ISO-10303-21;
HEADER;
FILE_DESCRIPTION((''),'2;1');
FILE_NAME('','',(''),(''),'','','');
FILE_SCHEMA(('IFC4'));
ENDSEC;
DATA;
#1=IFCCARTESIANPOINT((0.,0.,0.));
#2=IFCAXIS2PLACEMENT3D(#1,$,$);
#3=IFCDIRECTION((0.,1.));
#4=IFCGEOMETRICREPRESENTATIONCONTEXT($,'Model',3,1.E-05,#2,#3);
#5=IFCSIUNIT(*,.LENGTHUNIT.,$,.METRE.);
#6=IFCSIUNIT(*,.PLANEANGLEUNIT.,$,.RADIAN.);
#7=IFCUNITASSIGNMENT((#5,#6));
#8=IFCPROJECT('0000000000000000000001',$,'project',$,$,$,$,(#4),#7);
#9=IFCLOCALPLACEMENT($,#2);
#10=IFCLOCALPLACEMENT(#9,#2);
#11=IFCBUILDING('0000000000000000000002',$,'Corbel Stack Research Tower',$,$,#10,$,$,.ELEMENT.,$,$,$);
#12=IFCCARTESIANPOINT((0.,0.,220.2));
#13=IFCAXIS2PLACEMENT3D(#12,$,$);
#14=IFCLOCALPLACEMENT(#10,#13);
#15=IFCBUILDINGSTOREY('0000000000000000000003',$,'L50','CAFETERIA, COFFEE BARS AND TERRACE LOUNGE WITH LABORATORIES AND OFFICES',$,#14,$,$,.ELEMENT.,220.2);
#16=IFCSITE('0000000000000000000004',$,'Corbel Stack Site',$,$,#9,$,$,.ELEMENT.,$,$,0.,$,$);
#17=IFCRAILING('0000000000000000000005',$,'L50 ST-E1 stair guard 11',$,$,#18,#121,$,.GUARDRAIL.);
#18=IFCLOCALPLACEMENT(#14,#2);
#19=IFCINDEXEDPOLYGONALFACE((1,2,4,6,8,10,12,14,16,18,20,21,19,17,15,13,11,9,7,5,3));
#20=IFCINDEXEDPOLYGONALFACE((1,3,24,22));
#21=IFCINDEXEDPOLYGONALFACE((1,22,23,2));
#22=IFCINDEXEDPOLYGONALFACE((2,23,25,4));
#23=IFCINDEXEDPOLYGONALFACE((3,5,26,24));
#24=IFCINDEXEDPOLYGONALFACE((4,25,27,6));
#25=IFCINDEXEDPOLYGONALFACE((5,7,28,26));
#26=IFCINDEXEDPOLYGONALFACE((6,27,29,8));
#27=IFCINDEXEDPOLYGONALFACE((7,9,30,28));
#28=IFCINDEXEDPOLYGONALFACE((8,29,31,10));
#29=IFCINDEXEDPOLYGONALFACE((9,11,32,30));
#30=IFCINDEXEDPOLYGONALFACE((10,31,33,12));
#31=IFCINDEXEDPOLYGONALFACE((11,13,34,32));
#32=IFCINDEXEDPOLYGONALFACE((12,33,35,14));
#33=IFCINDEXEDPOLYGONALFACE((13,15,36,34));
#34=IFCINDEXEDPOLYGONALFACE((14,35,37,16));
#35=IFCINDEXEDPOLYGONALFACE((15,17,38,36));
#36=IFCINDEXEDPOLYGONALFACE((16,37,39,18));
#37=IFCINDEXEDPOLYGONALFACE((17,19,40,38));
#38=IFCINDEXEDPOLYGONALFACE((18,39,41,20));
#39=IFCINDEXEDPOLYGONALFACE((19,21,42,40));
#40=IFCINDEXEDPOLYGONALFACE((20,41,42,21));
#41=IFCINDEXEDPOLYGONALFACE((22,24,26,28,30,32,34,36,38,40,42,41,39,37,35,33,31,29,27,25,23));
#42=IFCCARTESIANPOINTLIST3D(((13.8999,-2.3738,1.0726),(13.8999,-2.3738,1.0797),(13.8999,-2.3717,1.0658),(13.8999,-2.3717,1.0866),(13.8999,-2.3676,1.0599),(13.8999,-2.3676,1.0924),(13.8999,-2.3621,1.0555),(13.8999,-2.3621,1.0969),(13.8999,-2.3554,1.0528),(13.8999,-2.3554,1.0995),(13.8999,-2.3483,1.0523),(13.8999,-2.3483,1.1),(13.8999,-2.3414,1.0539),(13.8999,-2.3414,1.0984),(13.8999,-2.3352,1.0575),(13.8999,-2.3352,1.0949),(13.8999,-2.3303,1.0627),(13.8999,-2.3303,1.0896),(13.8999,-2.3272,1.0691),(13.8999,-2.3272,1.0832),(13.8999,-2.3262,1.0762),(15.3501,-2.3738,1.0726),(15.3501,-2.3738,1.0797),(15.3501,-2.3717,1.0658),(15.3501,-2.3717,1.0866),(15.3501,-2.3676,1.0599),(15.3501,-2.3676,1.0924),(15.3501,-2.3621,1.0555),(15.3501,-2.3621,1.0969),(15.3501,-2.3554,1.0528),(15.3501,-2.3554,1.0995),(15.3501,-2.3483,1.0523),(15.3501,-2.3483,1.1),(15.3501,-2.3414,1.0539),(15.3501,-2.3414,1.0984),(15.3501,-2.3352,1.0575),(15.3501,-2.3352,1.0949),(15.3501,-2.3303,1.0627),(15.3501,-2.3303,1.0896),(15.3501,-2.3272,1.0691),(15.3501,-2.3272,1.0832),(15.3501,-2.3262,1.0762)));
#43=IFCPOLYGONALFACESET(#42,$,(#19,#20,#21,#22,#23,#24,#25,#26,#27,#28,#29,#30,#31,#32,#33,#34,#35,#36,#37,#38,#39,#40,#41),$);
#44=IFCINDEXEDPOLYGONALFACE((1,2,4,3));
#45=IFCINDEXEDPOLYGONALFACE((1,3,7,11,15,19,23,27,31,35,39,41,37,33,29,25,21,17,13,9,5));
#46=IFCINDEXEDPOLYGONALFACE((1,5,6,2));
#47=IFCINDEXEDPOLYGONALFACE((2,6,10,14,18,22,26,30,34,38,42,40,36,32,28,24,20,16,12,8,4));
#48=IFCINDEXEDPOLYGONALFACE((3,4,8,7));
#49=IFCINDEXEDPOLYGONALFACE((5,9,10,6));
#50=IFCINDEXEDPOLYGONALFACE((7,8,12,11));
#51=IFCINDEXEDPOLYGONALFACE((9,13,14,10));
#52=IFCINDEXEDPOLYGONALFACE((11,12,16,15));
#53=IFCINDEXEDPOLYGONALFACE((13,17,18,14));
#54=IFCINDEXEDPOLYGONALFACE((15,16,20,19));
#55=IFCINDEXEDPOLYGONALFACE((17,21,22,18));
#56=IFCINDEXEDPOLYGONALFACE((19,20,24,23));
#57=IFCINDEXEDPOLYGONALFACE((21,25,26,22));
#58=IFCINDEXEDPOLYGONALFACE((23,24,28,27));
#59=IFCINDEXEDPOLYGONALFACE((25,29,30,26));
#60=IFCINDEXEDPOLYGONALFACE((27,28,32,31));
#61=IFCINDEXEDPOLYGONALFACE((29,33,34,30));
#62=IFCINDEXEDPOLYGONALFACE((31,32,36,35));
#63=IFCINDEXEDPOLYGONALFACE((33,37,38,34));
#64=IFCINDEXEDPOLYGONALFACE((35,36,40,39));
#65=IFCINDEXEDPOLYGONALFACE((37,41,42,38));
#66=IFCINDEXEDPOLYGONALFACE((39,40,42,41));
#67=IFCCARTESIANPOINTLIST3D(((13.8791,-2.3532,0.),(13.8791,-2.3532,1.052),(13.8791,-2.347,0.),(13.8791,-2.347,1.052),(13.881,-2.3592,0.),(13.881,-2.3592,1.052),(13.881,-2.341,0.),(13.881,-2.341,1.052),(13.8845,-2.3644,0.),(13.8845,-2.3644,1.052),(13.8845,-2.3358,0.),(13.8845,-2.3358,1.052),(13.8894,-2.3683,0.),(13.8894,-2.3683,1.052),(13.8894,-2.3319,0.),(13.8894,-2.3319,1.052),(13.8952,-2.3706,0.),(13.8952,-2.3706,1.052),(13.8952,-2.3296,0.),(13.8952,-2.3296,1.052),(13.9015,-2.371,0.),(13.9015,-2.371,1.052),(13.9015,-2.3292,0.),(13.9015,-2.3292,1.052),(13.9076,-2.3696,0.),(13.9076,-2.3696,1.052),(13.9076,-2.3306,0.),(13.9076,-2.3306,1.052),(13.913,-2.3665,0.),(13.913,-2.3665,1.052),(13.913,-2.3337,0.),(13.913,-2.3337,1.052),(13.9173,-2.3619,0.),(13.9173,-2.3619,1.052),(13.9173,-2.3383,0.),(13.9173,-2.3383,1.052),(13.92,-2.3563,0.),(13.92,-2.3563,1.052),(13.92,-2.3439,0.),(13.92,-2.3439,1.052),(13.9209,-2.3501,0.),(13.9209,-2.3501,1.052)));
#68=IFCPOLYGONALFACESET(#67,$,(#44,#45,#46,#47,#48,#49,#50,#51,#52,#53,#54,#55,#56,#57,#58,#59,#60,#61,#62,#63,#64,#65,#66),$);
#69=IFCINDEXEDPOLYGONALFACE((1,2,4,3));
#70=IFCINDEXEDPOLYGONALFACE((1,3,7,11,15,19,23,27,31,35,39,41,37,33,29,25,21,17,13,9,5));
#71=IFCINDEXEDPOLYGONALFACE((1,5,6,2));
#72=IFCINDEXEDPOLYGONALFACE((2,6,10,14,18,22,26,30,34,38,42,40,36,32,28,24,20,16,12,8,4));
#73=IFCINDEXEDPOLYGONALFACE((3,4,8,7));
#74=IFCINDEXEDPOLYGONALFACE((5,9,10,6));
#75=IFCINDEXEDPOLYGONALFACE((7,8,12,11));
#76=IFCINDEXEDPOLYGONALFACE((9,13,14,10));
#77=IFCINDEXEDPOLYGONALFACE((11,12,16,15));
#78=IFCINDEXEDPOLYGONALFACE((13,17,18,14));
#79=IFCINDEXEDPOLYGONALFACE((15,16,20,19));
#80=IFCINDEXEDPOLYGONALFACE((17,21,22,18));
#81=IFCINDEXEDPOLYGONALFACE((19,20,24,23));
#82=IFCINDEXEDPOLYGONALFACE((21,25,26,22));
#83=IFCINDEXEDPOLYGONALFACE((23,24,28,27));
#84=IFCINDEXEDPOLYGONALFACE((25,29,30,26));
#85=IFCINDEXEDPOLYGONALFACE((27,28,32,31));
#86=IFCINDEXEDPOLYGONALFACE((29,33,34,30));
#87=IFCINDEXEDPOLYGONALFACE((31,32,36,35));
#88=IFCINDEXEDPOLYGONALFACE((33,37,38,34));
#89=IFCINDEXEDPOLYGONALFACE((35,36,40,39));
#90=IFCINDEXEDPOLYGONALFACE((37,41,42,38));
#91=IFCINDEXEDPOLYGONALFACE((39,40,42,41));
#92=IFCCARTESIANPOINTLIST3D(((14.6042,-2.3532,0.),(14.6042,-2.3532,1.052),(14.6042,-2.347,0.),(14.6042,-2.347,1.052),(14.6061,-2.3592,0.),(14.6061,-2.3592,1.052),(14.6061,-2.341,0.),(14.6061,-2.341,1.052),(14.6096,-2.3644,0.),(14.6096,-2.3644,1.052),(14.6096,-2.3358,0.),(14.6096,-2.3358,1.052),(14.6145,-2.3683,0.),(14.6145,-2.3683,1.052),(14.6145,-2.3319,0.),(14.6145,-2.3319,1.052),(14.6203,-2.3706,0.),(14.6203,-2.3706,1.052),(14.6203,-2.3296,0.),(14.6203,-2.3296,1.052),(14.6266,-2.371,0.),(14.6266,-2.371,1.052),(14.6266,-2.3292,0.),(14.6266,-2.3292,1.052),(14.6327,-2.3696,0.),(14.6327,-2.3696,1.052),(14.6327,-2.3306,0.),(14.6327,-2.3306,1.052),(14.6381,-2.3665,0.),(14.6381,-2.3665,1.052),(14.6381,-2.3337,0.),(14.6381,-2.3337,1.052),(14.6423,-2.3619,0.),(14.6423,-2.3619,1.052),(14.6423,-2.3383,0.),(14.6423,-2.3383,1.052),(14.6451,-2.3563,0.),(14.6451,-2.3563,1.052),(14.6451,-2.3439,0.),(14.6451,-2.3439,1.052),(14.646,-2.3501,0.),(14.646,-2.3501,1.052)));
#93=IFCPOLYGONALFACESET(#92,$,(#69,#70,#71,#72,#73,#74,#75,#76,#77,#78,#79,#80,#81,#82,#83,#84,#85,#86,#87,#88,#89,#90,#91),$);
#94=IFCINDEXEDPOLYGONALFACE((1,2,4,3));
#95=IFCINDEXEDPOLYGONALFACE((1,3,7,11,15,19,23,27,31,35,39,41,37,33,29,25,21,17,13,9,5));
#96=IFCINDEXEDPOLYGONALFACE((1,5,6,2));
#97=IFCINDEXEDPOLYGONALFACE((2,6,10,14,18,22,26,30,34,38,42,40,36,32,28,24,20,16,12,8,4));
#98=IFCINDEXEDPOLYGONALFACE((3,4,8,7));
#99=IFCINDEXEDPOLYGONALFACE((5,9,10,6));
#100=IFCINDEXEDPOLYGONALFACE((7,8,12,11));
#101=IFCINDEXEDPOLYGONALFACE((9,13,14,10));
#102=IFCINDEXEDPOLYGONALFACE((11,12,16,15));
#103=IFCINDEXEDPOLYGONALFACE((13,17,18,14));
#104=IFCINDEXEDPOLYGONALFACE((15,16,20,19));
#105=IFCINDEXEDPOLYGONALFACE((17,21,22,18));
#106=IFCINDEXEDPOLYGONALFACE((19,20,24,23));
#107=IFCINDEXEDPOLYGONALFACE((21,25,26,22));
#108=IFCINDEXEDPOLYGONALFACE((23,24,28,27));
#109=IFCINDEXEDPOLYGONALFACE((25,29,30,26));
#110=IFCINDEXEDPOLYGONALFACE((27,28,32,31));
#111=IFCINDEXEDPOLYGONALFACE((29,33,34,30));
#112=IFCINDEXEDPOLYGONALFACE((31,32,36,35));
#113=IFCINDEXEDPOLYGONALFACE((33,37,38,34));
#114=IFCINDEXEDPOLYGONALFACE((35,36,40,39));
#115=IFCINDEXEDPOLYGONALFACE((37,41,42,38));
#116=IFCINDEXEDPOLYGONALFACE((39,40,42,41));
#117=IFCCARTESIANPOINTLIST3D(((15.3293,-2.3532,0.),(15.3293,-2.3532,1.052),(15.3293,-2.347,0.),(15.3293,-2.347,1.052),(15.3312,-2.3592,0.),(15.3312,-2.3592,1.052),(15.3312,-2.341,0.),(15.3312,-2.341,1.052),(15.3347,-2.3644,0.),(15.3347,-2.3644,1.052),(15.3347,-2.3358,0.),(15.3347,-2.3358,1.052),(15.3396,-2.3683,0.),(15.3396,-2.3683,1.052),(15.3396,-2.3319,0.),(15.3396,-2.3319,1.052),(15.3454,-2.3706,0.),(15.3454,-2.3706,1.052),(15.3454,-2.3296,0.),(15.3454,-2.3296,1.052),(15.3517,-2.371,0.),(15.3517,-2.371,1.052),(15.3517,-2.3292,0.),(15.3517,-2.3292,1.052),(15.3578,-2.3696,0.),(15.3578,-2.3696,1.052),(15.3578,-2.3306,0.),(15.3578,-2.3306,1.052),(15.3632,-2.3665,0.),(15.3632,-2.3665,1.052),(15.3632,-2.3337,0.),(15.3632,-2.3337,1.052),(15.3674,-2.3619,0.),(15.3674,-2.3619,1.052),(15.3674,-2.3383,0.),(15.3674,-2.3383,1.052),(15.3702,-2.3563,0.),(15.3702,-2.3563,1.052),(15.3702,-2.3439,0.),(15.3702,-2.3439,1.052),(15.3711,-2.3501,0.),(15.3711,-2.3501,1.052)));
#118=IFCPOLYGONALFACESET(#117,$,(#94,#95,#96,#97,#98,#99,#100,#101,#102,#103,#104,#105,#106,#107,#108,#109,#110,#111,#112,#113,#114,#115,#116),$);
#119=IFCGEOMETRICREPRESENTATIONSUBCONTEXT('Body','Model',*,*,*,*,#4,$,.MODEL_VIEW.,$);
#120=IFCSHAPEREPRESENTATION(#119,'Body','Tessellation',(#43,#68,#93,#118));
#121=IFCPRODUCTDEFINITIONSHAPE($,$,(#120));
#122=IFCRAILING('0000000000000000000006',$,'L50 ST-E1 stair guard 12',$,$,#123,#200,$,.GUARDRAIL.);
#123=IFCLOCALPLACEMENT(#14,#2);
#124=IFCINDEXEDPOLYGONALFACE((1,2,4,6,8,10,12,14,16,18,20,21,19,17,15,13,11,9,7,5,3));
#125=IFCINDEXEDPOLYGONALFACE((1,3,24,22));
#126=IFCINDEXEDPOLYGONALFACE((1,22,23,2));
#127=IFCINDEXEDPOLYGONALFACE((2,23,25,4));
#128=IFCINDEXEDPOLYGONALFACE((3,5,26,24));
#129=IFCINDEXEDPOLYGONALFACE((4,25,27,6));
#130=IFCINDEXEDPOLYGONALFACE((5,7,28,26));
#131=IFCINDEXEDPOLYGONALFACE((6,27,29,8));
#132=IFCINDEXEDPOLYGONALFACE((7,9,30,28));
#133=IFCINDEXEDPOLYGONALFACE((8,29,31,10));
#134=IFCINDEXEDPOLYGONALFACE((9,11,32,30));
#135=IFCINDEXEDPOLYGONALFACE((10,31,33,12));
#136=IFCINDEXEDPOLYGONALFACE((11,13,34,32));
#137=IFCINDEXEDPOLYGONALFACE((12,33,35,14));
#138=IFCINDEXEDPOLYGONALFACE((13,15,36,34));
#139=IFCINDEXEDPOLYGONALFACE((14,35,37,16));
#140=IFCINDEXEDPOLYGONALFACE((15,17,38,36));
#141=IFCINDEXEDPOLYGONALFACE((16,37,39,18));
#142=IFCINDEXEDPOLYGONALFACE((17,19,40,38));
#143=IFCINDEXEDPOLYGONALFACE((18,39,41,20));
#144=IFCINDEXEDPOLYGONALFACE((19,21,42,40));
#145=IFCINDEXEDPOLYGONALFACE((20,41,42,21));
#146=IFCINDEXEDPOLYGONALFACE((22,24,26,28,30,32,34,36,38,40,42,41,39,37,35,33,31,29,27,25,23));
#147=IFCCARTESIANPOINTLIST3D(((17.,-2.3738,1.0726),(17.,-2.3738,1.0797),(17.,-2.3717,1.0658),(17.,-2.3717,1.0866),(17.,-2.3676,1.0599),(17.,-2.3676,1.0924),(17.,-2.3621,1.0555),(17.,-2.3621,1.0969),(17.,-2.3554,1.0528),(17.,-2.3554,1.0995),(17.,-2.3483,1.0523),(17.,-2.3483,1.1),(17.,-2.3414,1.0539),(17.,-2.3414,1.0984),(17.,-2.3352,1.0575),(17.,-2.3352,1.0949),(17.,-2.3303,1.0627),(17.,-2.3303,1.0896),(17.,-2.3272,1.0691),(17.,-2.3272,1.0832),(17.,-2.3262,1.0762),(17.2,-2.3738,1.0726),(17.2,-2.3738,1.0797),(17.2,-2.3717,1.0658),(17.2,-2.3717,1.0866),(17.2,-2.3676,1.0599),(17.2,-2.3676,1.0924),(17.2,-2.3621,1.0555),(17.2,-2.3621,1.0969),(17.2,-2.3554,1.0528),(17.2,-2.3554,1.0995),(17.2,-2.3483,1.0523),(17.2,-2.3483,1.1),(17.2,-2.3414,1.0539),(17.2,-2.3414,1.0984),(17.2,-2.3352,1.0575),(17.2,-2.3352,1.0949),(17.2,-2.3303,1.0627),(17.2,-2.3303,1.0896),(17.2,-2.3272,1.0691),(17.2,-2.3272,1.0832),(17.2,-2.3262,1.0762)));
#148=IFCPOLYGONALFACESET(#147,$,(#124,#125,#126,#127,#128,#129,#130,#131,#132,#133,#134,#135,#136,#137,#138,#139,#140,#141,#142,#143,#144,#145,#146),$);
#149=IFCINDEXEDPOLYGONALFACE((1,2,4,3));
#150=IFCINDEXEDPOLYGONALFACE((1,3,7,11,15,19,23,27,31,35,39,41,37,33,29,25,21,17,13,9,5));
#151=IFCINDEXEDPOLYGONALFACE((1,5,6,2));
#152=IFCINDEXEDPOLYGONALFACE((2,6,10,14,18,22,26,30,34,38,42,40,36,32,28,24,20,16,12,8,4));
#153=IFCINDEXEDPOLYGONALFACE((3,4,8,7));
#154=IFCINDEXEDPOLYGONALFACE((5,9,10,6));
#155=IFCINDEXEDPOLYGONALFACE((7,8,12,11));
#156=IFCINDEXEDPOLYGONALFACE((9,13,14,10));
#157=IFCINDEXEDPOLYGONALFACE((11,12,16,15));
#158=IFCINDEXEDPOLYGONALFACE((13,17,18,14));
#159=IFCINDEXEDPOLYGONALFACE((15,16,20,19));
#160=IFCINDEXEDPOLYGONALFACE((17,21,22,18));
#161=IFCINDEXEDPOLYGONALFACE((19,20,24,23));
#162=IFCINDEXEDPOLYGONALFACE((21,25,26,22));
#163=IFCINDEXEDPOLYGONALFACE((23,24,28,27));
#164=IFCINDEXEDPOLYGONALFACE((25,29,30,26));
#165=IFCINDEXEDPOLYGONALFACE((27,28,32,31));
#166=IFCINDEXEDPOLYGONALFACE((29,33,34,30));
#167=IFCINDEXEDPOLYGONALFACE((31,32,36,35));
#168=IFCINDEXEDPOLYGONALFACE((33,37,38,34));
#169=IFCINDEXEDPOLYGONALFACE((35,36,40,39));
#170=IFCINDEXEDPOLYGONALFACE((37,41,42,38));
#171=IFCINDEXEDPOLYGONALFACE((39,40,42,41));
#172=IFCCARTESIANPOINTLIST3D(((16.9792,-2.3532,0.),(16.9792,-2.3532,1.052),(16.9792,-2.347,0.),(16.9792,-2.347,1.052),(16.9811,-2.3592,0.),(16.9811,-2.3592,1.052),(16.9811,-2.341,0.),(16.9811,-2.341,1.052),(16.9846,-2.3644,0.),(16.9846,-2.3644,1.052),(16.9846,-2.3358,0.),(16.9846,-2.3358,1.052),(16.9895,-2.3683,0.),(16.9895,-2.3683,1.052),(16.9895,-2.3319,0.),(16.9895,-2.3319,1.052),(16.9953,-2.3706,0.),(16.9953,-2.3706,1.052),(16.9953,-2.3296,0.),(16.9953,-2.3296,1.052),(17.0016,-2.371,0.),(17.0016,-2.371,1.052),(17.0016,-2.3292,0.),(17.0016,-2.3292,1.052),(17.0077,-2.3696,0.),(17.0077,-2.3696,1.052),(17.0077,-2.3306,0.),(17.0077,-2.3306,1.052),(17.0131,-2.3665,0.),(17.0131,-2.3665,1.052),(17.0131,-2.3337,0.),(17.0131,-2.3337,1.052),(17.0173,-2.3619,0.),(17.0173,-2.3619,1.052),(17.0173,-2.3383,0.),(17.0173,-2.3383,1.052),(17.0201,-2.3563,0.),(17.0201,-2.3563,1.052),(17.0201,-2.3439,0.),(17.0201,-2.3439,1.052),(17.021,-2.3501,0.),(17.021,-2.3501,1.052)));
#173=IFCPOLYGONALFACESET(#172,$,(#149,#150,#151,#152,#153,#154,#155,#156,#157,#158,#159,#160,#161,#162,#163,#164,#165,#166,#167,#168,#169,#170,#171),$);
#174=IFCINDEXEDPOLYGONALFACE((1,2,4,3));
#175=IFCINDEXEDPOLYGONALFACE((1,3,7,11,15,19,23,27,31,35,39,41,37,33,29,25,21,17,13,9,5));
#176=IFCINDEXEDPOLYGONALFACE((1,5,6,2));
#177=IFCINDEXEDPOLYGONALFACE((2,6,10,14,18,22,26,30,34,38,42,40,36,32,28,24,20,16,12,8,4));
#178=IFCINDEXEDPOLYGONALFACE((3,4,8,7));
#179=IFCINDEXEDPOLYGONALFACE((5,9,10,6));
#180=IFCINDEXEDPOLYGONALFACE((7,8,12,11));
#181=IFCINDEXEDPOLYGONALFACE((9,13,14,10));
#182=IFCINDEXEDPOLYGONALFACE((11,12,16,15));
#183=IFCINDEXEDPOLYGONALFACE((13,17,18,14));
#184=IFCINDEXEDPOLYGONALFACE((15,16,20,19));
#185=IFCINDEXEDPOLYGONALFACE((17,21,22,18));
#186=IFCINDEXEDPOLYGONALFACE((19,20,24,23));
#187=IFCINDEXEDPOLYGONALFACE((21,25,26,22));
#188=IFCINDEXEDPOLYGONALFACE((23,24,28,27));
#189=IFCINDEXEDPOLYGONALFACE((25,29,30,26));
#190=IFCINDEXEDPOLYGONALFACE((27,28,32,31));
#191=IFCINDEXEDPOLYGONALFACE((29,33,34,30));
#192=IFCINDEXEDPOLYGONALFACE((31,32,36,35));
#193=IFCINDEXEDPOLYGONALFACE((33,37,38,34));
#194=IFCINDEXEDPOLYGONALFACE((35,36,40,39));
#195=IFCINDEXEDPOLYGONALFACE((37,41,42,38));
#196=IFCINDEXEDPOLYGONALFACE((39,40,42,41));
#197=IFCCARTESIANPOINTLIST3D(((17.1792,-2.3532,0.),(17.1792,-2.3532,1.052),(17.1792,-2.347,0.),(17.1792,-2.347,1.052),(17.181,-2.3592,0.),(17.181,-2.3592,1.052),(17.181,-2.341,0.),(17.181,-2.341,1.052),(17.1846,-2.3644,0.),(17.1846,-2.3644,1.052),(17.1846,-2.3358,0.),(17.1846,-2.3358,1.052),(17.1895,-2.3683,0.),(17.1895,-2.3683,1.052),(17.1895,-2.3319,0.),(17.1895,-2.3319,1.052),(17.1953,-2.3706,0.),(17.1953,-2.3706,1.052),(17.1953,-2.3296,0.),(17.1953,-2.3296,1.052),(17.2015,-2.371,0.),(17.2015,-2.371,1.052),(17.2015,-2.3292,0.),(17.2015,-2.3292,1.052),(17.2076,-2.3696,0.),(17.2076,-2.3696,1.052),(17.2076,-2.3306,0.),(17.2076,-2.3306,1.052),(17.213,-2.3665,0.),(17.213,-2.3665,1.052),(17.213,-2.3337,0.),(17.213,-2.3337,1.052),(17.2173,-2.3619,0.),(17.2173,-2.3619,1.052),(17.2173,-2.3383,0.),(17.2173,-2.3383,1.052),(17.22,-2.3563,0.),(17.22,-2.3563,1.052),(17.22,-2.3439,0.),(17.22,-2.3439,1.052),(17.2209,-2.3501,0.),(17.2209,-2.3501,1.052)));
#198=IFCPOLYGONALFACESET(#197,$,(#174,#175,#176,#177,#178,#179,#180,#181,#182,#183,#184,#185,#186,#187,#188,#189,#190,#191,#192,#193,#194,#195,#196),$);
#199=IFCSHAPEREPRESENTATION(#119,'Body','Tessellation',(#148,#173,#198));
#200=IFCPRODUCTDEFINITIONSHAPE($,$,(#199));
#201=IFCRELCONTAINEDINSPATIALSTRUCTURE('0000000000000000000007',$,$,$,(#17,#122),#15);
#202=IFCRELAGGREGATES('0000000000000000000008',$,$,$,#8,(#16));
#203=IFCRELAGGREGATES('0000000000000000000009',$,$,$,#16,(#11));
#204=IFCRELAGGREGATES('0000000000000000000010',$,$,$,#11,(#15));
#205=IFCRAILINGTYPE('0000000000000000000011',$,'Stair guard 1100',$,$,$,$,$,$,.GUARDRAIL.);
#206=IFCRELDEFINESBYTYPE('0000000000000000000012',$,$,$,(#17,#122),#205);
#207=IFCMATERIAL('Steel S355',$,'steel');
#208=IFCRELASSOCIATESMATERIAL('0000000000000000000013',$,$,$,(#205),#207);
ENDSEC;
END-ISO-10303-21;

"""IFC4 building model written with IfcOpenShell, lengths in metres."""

from ifc_helpers import new_model, si_unit, direction, frame, origin, origin_2d, place, context, subcontext, project, spatial, circle, extrude, material, type_object, element, save


model = new_model("IFC4")

# Units and contexts
model_context = context("Model", 3, precision=1e-05, world=origin(), true_north=direction((0.0, 1.0)))
body_context = subcontext(model_context, "Body", "Model", "MODEL_VIEW")
ifc_project = project(units=[si_unit("LENGTHUNIT", "METRE"), si_unit("PLANEANGLEUNIT", "RADIAN")], contexts=[model_context])

# Site, building, storey
site_placement = place(None, origin())
site = spatial("IfcSite", under=ifc_project, at=site_placement, Name="Corbel Stack Site", CompositionType="ELEMENT", RefElevation=0.0)
building_placement = place(site_placement, origin())
building = spatial("IfcBuilding", under=site, at=building_placement, Name="Corbel Stack Research Tower", CompositionType="ELEMENT")
storey_placement = place(building_placement, frame((0.0, 0.0, 220.2)))
storey = spatial("IfcBuildingStorey", under=building, at=storey_placement, Name="L50", Description="CAFETERIA, COFFEE BARS AND TERRACE LOUNGE WITH LABORATORIES AND OFFICES", CompositionType="ELEMENT", Elevation=220.2)

# Railings
ifc_material_1 = material(Name="Steel S355", Category="steel")
railing_type_1 = type_object("IfcRailingType", Name="Stair guard 1100", PredefinedType="GUARDRAIL", material=ifc_material_1)
railing_1_placement = place(storey_placement, frame((13.8999, -2.3501, 0.0)))
element("IfcRailing", 1, at=railing_1_placement, inside=storey, type_object=railing_type_1, Name="L50 ST-E1 stair guard 11", PredefinedType="GUARDRAIL", context=body_context, shape_type="SweptSolid", body=[
    extrude(circle(Radius=0.0239, at=origin_2d()), frame((0.0, 0.0, 1.0762), z_axis=(1.0, 0.0, 0.0), x_axis=(0.0, 1.0, 0.0)), (0.0, 0.0, 1.0), 1.4502),
    extrude(circle(Radius=0.021, at=origin_2d()), origin(), (0.0, 0.0, 1.0), 1.052),
    extrude(circle(Radius=0.021, at=origin_2d()), frame((0.7251, 0.0, 0.0)), (0.0, 0.0, 1.0), 1.052),
    extrude(circle(Radius=0.021, at=origin_2d()), frame((1.4502, 0.0, 0.0)), (0.0, 0.0, 1.0), 1.052),
])
railing_2_placement = place(storey_placement, frame((17.0, -2.3501, 0.0)))
element("IfcRailing", 2, at=railing_2_placement, inside=storey, type_object=railing_type_1, Name="L50 ST-E1 stair guard 12", PredefinedType="GUARDRAIL", context=body_context, shape_type="SweptSolid", body=[
    extrude(circle(Radius=0.0239, at=origin_2d()), frame((0.0, 0.0, 1.0762), z_axis=(1.0, 0.0, 0.0), x_axis=(0.0, 1.0, 0.0)), (0.0, 0.0, 1.0), 0.2),
    extrude(circle(Radius=0.021, at=origin_2d()), origin(), (0.0, 0.0, 1.0), 1.052),
    extrude(circle(Radius=0.021, at=origin_2d()), frame((0.2, 0.0, 0.0)), (0.0, 0.0, 1.0), 1.052),
])

save(model, "model.ifc")
